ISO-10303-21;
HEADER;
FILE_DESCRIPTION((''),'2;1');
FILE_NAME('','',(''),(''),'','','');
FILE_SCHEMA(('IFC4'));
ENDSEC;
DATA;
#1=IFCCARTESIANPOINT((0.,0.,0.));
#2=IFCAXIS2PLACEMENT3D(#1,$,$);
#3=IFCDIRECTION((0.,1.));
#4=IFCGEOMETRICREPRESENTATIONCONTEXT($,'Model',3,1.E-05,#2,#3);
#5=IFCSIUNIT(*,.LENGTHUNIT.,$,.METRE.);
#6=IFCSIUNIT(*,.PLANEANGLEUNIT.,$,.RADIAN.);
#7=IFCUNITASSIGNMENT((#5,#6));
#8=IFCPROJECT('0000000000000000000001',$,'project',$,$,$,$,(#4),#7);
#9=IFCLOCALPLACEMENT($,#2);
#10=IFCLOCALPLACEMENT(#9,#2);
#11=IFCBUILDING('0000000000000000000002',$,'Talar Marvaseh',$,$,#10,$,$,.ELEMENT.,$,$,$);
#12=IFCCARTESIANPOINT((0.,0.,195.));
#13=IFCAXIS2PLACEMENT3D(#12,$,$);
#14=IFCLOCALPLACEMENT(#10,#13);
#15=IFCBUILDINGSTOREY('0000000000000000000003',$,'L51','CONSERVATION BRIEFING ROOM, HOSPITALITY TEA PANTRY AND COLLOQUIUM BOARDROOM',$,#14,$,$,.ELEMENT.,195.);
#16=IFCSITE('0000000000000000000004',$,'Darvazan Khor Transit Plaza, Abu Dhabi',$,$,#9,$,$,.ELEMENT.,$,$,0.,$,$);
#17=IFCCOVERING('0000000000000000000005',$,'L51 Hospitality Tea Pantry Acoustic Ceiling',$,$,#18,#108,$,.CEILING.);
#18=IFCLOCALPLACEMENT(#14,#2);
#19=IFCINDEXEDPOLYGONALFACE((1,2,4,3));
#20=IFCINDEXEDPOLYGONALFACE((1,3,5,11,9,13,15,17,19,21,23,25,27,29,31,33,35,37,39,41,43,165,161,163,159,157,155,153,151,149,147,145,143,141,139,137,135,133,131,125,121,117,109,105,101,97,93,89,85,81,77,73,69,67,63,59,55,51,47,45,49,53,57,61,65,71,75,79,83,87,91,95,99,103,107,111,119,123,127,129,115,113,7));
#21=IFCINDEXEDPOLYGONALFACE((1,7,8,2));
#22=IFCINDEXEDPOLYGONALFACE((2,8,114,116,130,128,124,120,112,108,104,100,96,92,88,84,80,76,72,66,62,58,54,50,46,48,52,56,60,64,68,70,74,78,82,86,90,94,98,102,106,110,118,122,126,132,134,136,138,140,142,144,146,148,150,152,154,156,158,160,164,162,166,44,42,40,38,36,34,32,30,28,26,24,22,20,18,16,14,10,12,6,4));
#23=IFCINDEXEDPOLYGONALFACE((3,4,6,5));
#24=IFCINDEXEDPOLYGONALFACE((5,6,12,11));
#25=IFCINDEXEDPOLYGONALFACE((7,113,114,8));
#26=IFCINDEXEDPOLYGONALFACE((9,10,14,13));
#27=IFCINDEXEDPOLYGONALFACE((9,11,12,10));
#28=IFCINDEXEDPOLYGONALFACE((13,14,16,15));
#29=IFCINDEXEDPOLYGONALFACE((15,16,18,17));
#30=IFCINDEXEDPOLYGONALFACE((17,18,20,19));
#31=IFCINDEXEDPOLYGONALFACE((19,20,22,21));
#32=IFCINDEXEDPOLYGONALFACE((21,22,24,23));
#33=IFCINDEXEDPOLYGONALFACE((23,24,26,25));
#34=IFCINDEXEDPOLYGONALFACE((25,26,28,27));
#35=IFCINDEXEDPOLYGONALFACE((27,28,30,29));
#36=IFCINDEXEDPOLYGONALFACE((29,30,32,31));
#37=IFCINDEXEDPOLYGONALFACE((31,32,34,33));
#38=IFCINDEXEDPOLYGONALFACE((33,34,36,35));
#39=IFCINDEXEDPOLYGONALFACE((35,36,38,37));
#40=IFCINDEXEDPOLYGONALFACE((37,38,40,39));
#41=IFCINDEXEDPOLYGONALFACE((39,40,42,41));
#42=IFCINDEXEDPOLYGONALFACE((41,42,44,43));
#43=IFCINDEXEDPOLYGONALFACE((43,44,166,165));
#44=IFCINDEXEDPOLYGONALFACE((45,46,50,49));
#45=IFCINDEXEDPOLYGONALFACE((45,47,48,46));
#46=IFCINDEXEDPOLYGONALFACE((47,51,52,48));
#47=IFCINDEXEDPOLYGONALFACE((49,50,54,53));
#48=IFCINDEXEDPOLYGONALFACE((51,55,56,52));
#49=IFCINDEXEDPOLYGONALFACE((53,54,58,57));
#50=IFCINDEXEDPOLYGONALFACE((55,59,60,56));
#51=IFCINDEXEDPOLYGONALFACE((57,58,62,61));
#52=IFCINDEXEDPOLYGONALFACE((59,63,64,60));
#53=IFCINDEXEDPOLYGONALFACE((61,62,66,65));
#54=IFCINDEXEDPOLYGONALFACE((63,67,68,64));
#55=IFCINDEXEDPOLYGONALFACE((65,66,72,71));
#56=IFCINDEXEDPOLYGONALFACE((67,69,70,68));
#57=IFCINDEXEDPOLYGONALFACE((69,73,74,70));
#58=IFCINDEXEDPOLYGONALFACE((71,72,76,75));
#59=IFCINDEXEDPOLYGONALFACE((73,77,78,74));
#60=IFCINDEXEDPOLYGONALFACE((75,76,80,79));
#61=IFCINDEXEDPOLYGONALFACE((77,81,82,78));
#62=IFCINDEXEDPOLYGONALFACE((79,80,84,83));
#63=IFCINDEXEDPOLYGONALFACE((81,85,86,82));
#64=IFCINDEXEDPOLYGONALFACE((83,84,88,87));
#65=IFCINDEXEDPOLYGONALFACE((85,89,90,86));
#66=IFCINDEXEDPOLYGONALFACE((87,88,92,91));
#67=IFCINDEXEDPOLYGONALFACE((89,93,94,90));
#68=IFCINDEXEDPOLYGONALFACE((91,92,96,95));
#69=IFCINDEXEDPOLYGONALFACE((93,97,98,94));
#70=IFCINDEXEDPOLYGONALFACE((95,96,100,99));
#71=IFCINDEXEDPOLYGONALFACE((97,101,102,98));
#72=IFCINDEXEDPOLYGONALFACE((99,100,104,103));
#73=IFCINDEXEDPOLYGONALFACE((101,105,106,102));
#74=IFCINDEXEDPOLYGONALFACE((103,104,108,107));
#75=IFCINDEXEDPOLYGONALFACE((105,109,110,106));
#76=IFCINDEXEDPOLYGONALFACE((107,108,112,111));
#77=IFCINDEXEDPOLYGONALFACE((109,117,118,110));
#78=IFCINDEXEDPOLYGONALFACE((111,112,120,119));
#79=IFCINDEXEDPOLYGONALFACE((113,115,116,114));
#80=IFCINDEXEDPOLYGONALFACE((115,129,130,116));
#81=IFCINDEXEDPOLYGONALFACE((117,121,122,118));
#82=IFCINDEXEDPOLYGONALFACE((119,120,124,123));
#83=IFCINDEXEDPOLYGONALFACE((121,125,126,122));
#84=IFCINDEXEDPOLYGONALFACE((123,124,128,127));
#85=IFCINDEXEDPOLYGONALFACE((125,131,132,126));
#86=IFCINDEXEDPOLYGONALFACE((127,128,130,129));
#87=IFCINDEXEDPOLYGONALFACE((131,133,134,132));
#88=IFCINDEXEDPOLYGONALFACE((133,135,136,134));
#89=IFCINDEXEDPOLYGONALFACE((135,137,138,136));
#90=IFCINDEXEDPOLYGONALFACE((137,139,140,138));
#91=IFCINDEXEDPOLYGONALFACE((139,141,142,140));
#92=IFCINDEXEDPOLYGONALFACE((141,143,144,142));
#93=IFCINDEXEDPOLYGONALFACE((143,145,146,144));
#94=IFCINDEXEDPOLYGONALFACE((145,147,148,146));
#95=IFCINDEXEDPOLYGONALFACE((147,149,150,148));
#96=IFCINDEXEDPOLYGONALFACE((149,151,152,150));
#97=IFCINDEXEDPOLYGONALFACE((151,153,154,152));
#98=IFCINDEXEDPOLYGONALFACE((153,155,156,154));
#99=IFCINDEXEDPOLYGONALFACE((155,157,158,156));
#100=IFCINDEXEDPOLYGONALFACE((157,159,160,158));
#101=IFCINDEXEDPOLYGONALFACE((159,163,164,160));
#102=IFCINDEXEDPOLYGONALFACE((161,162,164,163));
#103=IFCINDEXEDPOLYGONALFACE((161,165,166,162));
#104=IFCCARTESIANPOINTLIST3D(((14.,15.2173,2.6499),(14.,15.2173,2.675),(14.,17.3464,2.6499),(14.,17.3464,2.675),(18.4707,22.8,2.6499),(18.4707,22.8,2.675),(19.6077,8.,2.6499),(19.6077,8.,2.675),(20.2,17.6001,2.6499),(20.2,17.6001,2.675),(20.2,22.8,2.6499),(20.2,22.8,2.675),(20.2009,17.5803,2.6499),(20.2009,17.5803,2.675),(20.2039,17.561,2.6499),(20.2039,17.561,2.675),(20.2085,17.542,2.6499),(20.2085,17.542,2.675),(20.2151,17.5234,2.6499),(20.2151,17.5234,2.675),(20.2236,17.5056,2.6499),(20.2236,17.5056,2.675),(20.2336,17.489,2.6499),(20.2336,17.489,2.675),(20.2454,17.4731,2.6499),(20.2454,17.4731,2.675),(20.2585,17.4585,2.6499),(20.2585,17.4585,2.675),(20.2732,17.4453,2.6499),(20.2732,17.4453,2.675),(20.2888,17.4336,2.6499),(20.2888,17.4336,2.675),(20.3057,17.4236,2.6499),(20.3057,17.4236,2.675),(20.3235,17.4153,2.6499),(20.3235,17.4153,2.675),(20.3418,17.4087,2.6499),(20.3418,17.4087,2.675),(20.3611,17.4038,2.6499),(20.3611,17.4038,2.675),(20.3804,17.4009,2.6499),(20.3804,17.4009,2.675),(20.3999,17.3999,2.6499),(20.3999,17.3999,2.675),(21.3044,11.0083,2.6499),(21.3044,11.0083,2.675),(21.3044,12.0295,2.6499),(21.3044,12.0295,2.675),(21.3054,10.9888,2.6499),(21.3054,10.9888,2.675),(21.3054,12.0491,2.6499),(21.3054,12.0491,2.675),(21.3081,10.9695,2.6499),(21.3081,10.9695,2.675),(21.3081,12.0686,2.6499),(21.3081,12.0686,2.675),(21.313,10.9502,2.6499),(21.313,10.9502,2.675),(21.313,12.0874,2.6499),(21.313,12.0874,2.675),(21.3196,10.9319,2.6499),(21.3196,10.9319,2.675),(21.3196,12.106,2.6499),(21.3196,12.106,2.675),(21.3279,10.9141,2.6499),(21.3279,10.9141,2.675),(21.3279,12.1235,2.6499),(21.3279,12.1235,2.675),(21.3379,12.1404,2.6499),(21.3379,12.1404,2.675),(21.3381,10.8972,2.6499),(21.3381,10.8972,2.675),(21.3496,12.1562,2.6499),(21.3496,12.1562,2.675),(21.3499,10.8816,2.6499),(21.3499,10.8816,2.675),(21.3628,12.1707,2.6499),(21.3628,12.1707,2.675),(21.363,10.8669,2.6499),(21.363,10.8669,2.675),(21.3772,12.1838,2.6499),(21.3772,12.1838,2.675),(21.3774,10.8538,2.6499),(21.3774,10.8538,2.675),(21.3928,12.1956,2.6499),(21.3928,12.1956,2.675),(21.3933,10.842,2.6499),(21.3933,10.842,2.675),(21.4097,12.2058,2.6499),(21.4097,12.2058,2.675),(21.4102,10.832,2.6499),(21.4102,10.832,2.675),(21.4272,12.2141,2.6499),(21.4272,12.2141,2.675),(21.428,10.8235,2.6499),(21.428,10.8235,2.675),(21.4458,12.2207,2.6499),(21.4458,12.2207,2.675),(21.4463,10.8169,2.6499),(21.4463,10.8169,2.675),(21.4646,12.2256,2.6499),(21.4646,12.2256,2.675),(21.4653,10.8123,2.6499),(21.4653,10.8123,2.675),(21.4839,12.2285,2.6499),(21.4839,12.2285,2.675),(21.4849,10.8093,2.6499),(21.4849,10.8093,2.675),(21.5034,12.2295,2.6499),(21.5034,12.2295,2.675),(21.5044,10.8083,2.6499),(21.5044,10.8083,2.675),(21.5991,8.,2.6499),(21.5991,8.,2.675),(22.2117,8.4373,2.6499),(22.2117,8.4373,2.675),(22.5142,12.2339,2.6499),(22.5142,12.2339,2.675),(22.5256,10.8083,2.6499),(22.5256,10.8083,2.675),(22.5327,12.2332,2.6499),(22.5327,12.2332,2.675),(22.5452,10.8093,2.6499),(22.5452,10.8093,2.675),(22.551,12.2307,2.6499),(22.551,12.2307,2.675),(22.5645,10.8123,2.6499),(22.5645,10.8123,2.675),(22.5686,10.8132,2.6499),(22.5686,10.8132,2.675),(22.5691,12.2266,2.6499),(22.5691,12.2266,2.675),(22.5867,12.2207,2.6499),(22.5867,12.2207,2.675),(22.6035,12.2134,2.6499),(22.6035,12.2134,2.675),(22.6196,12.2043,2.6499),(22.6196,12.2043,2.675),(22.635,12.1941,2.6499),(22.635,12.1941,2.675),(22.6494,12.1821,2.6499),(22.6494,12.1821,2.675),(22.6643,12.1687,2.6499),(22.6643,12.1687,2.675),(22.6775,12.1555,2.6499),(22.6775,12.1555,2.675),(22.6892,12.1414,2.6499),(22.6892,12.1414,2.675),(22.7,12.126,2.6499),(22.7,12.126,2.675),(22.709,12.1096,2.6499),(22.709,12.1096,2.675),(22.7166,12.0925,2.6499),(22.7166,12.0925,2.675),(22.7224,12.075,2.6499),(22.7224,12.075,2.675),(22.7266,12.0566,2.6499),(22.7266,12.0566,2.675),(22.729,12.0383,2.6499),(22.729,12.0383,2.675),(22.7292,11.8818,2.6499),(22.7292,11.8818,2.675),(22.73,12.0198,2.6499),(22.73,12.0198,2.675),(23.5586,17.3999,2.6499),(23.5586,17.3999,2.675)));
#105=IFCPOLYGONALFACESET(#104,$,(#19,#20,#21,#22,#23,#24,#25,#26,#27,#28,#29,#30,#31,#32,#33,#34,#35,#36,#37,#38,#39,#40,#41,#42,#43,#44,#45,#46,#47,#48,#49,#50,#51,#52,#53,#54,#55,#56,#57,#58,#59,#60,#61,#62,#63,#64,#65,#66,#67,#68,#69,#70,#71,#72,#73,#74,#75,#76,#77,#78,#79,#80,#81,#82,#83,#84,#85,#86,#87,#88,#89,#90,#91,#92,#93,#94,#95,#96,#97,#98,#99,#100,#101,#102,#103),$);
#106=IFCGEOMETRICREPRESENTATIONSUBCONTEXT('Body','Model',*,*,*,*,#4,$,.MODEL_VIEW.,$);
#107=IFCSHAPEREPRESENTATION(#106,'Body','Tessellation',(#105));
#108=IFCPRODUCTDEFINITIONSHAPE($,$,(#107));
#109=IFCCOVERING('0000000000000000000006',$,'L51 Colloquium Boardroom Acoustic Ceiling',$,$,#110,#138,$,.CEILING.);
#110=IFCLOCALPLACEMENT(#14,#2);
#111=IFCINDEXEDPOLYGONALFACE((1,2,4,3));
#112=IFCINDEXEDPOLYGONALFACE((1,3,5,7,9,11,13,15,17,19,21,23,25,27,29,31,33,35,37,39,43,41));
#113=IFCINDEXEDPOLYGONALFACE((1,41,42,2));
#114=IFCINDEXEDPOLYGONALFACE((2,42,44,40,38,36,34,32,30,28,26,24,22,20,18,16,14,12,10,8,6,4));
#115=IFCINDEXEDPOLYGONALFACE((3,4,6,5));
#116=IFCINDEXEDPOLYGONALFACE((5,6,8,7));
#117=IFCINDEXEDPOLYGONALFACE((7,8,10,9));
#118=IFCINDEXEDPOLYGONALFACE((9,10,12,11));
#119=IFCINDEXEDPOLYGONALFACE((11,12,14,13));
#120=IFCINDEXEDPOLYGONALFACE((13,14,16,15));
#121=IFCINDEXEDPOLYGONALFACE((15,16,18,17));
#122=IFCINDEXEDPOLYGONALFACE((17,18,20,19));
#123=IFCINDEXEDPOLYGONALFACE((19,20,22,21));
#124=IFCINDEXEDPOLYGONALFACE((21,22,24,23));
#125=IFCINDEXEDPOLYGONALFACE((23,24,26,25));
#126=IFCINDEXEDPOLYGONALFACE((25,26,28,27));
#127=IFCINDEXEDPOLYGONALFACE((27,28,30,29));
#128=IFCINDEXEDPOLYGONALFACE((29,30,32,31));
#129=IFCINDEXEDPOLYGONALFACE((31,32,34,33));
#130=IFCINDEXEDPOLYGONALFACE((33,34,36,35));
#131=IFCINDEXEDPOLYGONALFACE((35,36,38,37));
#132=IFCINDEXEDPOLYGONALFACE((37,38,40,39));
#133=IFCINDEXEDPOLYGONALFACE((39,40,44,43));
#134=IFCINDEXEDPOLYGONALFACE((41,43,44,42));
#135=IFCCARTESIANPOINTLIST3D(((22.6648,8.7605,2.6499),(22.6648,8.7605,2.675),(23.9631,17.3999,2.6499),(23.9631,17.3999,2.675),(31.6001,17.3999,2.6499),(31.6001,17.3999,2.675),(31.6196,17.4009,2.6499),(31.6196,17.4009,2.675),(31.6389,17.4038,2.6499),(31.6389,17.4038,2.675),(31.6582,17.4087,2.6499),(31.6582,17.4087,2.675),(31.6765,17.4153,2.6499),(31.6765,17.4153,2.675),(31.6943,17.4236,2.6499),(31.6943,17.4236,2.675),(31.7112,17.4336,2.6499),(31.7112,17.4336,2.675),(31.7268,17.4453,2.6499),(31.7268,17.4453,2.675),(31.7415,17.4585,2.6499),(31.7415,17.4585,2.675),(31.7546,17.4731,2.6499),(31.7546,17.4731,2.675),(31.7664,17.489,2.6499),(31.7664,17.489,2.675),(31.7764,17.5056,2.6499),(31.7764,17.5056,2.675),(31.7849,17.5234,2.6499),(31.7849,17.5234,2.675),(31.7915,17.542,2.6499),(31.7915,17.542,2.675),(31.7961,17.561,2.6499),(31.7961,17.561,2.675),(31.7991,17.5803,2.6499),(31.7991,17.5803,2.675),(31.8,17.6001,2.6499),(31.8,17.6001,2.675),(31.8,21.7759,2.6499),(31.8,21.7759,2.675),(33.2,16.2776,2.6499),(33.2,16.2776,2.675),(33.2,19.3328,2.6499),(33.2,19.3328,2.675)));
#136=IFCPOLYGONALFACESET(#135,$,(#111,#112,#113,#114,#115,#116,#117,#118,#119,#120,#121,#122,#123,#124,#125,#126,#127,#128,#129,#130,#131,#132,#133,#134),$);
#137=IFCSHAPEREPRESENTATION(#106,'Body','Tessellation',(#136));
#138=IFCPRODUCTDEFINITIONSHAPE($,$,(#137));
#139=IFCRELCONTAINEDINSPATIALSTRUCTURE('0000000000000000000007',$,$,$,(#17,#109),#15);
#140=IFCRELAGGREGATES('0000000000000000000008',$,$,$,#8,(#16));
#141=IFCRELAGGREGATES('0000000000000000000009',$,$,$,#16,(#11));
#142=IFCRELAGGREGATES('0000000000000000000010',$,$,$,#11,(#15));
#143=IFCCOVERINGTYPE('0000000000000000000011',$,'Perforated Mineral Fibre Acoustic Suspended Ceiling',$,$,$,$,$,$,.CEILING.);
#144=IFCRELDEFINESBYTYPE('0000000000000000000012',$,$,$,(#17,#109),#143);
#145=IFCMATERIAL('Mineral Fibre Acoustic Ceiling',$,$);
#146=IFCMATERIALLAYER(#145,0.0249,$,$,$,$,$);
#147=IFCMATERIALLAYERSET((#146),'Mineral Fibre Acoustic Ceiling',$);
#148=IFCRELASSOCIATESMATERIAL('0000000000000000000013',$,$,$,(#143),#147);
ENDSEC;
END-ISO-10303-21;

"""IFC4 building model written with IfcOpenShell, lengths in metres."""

from ifc_helpers import new_model, si_unit, direction, frame, origin, place, context, subcontext, project, spatial, polyline, outline, extrude, material, layer, layer_set, type_object, element, save


model = new_model("IFC4")

# Units and contexts
model_context = context("Model", 3, precision=1e-05, world=origin(), true_north=direction((0.0, 1.0)))
body_context = subcontext(model_context, "Body", "Model", "MODEL_VIEW")
ifc_project = project(units=[si_unit("LENGTHUNIT", "METRE"), si_unit("PLANEANGLEUNIT", "RADIAN")], contexts=[model_context])

# Site, building, storey
site_placement = place(None, origin())
site = spatial("IfcSite", under=ifc_project, at=site_placement, Name="Darvazan Khor Transit Plaza, Abu Dhabi", CompositionType="ELEMENT", RefElevation=0.0)
building_placement = place(site_placement, origin())
building = spatial("IfcBuilding", under=site, at=building_placement, Name="Talar Marvaseh", CompositionType="ELEMENT")
storey_placement = place(building_placement, frame((0.0, 0.0, 195.0)))
storey = spatial("IfcBuildingStorey", under=building, at=storey_placement, Name="L51", Description="CONSERVATION BRIEFING ROOM, HOSPITALITY TEA PANTRY AND COLLOQUIUM BOARDROOM", CompositionType="ELEMENT", Elevation=195.0)

# Coverings
ifc_material_1 = material(Name="Mineral Fibre Acoustic Ceiling")
ifc_layer_1 = layer(ifc_material_1, 0.0249)
ifc_layer_set_1 = layer_set([ifc_layer_1], Name="Mineral Fibre Acoustic Ceiling")
covering_type_1 = type_object("IfcCoveringType", Name="Perforated Mineral Fibre Acoustic Suspended Ceiling", PredefinedType="CEILING", material=ifc_layer_set_1)
covering_1_placement = place(storey_placement, frame((0.0, 0.0, 2.6499)))
element("IfcCovering", 1, at=covering_1_placement, inside=storey, type_object=covering_type_1, Name="L51 Hospitality Tea Pantry Acoustic Ceiling", PredefinedType="CEILING", context=body_context, shape_type="SweptSolid", body=[
    extrude(outline(polyline([(14.0, 17.3464), (18.4707, 22.8), (20.2, 22.8), (20.2, 17.6001), (20.2009, 17.5803), (20.2039, 17.561), (20.2085, 17.542), (20.2151, 17.5234), (20.2236, 17.5056), (20.2336, 17.489), (20.2454, 17.4731), (20.2585, 17.4585), (20.2732, 17.4453), (20.2888, 17.4336), (20.3057, 17.4236), (20.3235, 17.4153), (20.3418, 17.4087), (20.3611, 17.4038), (20.3804, 17.4009), (20.3999, 17.3999), (23.5586, 17.3999), (22.7292, 11.8818), (22.73, 12.0198), (22.729, 12.0383), (22.7266, 12.0566), (22.7224, 12.075), (22.7166, 12.0925), (22.709, 12.1096), (22.7, 12.126), (22.6892, 12.1414), (22.6775, 12.1555), (22.6643, 12.1687), (22.6494, 12.1821), (22.635, 12.1941), (22.6196, 12.2043), (22.6035, 12.2134), (22.5867, 12.2207), (22.5691, 12.2266), (22.551, 12.2307), (22.5327, 12.2332), (22.5142, 12.2339), (21.5034, 12.2295), (21.4839, 12.2285), (21.4646, 12.2256), (21.4458, 12.2207), (21.4272, 12.2141), (21.4097, 12.2058), (21.3928, 12.1956), (21.3772, 12.1838), (21.3628, 12.1707), (21.3496, 12.1562), (21.3379, 12.1404), (21.3279, 12.1235), (21.3196, 12.106), (21.313, 12.0874), (21.3081, 12.0686), (21.3054, 12.0491), (21.3044, 12.0295), (21.3044, 11.0083), (21.3054, 10.9888), (21.3081, 10.9695), (21.313, 10.9502), (21.3196, 10.9319), (21.3279, 10.9141), (21.3381, 10.8972), (21.3499, 10.8816), (21.363, 10.8669), (21.3774, 10.8538), (21.3933, 10.842), (21.4102, 10.832), (21.428, 10.8235), (21.4463, 10.8169), (21.4653, 10.8123), (21.4849, 10.8093), (21.5044, 10.8083), (22.5256, 10.8083), (22.5452, 10.8093), (22.5645, 10.8123), (22.5686, 10.8132), (22.2117, 8.4373), (21.5991, 8.0), (19.6077, 8.0), (14.0, 15.2173), (14.0, 17.3464)])), origin(), (0.0, 0.0, 1.0), 0.0251),
])
covering_2_placement = place(storey_placement, frame((0.0, 0.0, 2.6499)))
element("IfcCovering", 2, at=covering_2_placement, inside=storey, type_object=covering_type_1, Name="L51 Colloquium Boardroom Acoustic Ceiling", PredefinedType="CEILING", context=body_context, shape_type="SweptSolid", body=[
    extrude(outline(polyline([(31.6196, 17.4009), (31.6389, 17.4038), (31.6582, 17.4087), (31.6765, 17.4153), (31.6943, 17.4236), (31.7112, 17.4336), (31.7268, 17.4453), (31.7415, 17.4585), (31.7546, 17.4731), (31.7664, 17.489), (31.7764, 17.5056), (31.7849, 17.5234), (31.7915, 17.542), (31.7961, 17.561), (31.7991, 17.5803), (31.8, 17.6001), (31.8, 21.7759), (33.2, 19.3328), (33.2, 16.2776), (22.6648, 8.7605), (23.9631, 17.3999), (31.6001, 17.3999), (31.6196, 17.4009)])), origin(), (0.0, 0.0, 1.0), 0.0251),
])

save(model, "model.ifc")
